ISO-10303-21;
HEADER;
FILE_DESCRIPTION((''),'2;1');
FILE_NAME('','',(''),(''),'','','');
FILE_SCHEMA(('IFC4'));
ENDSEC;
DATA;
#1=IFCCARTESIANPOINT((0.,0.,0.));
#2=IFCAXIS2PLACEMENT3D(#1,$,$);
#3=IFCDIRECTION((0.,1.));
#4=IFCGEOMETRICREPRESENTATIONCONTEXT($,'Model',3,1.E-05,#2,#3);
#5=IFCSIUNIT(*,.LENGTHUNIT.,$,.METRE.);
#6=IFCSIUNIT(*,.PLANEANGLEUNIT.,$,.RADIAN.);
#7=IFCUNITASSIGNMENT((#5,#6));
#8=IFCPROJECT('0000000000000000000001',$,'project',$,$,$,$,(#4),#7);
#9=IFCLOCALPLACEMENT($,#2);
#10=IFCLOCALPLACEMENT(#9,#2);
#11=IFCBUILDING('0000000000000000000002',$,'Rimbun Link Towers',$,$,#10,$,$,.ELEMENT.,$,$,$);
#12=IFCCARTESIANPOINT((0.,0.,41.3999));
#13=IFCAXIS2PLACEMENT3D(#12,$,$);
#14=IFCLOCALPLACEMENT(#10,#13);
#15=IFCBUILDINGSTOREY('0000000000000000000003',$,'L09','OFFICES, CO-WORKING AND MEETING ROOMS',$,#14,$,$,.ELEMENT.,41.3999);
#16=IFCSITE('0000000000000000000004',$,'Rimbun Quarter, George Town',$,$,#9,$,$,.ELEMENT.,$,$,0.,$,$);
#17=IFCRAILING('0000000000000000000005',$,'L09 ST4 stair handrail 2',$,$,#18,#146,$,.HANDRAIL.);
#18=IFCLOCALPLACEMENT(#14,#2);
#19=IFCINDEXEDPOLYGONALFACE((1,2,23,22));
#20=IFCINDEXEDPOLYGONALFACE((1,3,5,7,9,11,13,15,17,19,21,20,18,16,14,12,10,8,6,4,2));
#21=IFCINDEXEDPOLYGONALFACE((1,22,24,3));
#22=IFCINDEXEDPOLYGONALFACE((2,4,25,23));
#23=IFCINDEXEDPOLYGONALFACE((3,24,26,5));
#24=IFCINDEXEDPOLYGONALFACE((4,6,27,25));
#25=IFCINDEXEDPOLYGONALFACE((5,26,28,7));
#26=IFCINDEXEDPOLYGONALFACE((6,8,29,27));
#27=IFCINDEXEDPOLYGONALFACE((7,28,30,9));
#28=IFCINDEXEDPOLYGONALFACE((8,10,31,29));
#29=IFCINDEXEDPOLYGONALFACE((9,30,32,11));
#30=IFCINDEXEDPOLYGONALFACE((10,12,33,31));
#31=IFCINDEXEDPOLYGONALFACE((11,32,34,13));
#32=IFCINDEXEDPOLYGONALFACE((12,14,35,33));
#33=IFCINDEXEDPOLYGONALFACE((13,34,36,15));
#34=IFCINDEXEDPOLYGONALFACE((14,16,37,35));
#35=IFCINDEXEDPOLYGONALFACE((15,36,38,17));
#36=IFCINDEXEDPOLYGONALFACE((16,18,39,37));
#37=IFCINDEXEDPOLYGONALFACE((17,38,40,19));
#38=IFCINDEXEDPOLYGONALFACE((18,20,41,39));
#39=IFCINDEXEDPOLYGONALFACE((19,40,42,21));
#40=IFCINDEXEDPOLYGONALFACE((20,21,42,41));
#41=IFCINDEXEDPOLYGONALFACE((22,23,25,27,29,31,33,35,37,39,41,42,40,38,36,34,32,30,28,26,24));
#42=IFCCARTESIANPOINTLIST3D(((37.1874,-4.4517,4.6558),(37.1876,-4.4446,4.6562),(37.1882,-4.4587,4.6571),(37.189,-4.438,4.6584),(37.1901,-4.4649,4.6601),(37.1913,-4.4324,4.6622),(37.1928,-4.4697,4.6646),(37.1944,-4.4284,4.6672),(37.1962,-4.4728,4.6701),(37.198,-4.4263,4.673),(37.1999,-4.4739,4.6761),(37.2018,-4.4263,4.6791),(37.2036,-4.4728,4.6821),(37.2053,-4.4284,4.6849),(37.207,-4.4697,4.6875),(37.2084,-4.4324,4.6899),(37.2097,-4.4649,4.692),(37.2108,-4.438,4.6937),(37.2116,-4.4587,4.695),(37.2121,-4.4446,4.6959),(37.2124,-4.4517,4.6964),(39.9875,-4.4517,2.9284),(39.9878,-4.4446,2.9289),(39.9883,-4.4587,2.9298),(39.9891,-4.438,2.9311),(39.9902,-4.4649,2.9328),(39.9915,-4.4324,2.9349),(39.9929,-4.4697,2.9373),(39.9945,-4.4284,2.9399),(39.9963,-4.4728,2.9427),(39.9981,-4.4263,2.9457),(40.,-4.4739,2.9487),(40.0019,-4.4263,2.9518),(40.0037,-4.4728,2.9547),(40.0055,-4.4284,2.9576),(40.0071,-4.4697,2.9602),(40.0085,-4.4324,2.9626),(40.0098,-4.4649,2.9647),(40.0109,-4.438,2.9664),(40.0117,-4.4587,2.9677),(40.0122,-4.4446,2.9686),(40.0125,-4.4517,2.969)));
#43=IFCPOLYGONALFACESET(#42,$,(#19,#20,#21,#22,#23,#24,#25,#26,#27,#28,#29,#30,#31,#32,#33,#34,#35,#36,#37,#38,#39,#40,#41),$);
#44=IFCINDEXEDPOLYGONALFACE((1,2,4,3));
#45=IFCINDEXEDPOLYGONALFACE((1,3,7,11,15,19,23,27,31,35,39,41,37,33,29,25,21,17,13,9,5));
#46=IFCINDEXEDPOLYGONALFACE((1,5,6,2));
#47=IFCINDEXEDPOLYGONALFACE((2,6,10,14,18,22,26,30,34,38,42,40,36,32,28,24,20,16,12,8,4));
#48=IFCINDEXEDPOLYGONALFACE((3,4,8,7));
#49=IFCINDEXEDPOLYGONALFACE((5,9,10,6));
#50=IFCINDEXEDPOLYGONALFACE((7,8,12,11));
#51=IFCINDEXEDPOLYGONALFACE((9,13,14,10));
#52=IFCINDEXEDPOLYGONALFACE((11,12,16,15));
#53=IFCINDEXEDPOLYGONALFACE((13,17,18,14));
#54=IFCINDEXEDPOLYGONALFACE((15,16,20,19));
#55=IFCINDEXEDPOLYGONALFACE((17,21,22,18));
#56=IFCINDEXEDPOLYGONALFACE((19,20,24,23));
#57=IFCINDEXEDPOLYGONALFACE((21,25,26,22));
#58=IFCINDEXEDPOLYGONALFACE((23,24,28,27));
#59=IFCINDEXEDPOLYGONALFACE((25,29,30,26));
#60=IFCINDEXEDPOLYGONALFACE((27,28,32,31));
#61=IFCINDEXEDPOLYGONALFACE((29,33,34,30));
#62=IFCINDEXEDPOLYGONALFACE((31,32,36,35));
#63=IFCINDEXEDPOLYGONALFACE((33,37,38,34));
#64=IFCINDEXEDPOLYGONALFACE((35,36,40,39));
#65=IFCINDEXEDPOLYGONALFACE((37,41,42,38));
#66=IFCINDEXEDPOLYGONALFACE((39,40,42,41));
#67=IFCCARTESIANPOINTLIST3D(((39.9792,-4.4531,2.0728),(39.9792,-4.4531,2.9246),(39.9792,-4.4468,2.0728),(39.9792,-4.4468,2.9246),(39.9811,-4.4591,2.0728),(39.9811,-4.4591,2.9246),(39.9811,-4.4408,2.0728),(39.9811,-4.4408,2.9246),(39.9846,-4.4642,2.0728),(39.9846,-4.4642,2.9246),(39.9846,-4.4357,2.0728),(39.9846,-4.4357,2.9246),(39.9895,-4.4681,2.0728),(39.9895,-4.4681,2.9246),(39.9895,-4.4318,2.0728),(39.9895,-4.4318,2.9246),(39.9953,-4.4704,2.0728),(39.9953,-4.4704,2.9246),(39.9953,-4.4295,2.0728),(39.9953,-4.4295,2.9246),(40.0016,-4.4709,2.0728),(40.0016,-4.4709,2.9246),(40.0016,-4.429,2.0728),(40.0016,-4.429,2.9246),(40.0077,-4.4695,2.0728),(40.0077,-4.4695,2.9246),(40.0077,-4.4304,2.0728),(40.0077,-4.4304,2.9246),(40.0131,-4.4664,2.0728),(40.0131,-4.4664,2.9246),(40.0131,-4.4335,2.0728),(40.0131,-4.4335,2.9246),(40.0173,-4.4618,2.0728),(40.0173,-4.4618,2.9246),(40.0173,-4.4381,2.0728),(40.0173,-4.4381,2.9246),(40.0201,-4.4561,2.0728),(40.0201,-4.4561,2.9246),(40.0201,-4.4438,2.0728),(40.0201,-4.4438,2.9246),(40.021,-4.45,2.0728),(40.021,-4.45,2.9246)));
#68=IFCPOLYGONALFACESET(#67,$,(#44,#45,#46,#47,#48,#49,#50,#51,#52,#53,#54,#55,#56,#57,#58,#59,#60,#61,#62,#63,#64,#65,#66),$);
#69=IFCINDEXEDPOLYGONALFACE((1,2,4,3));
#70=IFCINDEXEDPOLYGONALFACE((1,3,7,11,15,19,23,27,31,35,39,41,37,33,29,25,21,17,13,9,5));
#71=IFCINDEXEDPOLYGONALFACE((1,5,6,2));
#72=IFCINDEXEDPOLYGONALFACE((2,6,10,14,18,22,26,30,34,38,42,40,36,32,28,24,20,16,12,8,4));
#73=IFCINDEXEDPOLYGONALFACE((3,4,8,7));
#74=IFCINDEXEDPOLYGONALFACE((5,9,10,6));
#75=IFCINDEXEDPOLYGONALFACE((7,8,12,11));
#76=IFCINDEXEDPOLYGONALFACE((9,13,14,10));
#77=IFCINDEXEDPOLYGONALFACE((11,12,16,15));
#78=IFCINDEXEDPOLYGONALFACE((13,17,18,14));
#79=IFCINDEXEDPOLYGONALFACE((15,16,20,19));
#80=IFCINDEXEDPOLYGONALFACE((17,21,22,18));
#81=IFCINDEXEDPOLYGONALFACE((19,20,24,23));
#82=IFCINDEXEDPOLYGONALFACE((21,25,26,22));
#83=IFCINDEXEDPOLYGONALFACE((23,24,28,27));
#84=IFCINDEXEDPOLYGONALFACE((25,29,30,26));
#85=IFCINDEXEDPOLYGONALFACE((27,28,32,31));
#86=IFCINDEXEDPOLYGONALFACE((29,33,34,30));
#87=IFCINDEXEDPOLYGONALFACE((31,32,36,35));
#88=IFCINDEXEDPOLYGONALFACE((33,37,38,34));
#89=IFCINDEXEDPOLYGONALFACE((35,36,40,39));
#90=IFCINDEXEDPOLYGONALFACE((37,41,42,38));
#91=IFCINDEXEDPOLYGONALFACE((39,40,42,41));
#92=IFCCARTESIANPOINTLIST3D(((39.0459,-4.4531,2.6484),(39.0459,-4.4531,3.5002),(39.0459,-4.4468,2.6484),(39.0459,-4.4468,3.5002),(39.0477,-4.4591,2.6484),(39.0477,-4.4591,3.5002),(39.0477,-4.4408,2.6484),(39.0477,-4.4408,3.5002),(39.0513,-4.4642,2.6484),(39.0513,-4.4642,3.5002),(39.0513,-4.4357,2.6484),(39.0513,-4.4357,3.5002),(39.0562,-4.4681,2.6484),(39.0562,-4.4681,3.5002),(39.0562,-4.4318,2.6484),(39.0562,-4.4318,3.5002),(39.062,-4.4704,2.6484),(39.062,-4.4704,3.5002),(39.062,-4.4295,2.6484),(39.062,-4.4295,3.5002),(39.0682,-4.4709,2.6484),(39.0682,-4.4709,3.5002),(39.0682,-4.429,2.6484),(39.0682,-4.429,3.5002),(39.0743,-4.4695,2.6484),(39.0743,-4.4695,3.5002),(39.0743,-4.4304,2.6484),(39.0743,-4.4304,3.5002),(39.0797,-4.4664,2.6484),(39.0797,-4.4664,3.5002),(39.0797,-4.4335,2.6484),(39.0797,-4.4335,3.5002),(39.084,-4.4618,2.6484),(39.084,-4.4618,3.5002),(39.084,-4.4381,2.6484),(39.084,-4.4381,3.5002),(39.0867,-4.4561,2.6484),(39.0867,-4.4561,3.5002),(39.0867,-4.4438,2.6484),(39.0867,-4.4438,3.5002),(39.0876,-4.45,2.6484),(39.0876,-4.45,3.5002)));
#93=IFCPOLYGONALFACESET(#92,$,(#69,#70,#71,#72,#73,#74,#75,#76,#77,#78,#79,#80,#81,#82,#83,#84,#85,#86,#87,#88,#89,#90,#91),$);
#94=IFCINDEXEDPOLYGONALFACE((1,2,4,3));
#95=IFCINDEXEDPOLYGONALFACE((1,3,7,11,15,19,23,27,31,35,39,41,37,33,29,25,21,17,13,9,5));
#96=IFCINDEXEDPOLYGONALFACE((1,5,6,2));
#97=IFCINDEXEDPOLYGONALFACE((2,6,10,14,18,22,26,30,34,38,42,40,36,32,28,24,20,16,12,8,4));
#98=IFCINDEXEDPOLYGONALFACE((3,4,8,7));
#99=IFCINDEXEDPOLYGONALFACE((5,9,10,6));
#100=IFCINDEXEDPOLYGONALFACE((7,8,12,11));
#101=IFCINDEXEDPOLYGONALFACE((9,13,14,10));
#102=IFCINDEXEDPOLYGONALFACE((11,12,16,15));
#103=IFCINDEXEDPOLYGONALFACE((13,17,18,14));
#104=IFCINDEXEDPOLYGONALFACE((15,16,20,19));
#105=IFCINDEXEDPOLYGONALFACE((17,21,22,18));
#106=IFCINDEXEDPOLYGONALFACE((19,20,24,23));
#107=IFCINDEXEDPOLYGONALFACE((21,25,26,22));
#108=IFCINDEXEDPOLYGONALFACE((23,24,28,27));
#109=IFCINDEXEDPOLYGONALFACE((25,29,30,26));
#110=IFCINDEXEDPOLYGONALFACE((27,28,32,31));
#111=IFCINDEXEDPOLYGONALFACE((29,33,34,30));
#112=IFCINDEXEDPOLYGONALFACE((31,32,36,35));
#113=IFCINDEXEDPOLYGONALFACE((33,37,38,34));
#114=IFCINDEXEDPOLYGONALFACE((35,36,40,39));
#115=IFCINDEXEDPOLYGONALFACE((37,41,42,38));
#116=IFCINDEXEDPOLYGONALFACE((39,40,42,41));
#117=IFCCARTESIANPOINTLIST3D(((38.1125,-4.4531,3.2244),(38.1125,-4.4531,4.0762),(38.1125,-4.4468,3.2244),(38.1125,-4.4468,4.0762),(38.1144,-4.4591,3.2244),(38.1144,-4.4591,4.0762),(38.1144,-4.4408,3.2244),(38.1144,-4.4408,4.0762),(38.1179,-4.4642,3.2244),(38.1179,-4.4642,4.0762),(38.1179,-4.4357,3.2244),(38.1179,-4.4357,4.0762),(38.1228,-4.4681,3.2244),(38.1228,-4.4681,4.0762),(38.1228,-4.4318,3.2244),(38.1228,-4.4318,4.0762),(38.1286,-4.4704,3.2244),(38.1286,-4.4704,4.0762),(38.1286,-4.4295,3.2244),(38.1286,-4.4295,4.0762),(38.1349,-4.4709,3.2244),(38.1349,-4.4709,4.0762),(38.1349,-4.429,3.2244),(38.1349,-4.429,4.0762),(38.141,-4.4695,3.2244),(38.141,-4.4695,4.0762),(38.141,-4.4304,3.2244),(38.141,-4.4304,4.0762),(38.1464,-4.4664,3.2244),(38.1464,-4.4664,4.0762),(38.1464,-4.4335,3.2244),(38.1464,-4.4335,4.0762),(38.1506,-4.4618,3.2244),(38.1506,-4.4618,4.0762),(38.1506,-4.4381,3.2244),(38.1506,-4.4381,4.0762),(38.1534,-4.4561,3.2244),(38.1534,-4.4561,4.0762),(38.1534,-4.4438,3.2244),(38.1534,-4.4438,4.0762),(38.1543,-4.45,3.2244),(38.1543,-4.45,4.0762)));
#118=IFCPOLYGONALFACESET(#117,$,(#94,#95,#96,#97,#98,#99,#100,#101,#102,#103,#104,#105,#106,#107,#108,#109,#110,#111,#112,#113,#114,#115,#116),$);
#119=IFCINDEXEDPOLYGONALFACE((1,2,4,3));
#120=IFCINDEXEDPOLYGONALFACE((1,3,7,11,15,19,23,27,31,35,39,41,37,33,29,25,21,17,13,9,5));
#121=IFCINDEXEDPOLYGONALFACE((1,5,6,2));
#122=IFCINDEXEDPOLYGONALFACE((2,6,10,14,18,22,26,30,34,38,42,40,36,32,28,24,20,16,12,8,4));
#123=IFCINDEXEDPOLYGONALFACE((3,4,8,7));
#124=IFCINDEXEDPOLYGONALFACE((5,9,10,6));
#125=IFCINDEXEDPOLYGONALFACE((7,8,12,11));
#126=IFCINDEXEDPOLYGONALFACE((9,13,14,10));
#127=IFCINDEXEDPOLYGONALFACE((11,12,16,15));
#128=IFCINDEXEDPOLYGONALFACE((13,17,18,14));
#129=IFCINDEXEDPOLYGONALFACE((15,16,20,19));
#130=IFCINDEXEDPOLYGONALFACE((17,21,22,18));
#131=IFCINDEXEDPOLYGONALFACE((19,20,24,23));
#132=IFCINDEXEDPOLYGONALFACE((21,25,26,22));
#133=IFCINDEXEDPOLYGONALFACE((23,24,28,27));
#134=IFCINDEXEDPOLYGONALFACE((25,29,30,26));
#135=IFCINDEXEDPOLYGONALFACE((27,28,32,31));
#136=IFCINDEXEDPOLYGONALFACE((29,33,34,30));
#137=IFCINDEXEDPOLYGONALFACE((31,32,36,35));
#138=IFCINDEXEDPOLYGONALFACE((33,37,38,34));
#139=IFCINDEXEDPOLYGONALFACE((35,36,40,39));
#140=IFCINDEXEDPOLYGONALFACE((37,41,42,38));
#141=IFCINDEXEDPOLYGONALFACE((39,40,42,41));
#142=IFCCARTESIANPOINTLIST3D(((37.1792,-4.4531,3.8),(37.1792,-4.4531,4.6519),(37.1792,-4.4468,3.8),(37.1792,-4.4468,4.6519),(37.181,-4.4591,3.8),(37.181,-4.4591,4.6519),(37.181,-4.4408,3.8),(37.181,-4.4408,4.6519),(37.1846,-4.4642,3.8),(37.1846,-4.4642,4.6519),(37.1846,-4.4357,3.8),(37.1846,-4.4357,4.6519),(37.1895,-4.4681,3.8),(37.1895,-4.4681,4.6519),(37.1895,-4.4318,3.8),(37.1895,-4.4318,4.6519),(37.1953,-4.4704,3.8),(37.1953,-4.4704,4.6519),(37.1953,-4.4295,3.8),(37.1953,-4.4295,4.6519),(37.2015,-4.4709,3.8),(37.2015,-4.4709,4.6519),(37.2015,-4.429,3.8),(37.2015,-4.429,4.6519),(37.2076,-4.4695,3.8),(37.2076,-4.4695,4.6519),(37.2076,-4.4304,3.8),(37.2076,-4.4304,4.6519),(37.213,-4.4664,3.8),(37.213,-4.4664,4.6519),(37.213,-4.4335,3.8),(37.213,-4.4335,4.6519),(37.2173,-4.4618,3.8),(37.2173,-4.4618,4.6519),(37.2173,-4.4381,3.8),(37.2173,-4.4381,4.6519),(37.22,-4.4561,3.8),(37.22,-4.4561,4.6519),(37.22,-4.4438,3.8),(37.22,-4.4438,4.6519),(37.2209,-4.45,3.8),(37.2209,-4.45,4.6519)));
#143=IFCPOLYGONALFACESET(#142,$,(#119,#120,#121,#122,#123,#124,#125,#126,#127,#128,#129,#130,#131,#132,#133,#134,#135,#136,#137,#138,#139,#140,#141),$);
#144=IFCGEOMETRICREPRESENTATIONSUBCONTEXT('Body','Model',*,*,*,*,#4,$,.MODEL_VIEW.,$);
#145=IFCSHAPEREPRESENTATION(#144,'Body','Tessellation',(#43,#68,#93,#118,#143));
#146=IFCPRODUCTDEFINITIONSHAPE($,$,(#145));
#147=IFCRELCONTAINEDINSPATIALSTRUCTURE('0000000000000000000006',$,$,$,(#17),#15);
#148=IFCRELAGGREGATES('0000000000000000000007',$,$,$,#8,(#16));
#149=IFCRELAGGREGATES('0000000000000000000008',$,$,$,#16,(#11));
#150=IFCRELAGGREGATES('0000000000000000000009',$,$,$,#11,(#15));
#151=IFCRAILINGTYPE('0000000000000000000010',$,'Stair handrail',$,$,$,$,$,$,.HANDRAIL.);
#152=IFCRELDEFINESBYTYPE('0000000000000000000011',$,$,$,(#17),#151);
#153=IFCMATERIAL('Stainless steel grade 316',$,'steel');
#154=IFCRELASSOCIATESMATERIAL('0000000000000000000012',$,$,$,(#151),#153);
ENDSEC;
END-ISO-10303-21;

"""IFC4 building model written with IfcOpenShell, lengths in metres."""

from ifc_helpers import new_model, si_unit, direction, frame, origin, origin_2d, place, context, subcontext, project, spatial, circle, extrude, material, type_object, element, save


model = new_model("IFC4")

# Units and contexts
model_context = context("Model", 3, precision=1e-05, world=origin(), true_north=direction((0.0, 1.0)))
body_context = subcontext(model_context, "Body", "Model", "MODEL_VIEW")
ifc_project = project(units=[si_unit("LENGTHUNIT", "METRE"), si_unit("PLANEANGLEUNIT", "RADIAN")], contexts=[model_context])

# Site, building, storey
site_placement = place(None, origin())
site = spatial("IfcSite", under=ifc_project, at=site_placement, Name="Rimbun Quarter, George Town", CompositionType="ELEMENT", RefElevation=0.0)
building_placement = place(site_placement, origin())
building = spatial("IfcBuilding", under=site, at=building_placement, Name="Rimbun Link Towers", CompositionType="ELEMENT")
storey_placement = place(building_placement, frame((0.0, 0.0, 41.3999)))
storey = spatial("IfcBuildingStorey", under=building, at=storey_placement, Name="L09", Description="OFFICES, CO-WORKING AND MEETING ROOMS", CompositionType="ELEMENT", Elevation=41.3999)

# Railing
ifc_material_1 = material(Name="Stainless steel grade 316", Category="steel")
railing_type_1 = type_object("IfcRailingType", Name="Stair handrail", PredefinedType="HANDRAIL", material=ifc_material_1)
railing_1_placement = place(storey_placement, frame((40.0, -4.45, 2.0728)))
element("IfcRailing", 1, at=railing_1_placement, inside=storey, type_object=railing_type_1, Name="L09 ST4 stair handrail 2", PredefinedType="HANDRAIL", context=body_context, shape_type="SweptSolid", body=[
    extrude(circle(Radius=0.0239, at=origin_2d()), frame((0.0, 0.0, 0.876), z_axis=(-0.85109, 0.0, 0.52502), x_axis=(0.0, -1.0, 0.0)), (0.0, 0.0, 1.0), 3.29),
    extrude(circle(Radius=0.021, at=origin_2d()), origin(), (0.0, 0.0, 1.0), 0.8518),
    extrude(circle(Radius=0.021, at=origin_2d()), frame((-0.9333, 0.0, 0.5757)), (0.0, 0.0, 1.0), 0.8518),
    extrude(circle(Radius=0.021, at=origin_2d()), frame((-1.8667, 0.0, 1.1516)), (0.0, 0.0, 1.0), 0.8518),
    extrude(circle(Radius=0.021, at=origin_2d()), frame((-2.8, 0.0, 1.7273)), (0.0, 0.0, 1.0), 0.8518),
])

save(model, "model.ifc")
